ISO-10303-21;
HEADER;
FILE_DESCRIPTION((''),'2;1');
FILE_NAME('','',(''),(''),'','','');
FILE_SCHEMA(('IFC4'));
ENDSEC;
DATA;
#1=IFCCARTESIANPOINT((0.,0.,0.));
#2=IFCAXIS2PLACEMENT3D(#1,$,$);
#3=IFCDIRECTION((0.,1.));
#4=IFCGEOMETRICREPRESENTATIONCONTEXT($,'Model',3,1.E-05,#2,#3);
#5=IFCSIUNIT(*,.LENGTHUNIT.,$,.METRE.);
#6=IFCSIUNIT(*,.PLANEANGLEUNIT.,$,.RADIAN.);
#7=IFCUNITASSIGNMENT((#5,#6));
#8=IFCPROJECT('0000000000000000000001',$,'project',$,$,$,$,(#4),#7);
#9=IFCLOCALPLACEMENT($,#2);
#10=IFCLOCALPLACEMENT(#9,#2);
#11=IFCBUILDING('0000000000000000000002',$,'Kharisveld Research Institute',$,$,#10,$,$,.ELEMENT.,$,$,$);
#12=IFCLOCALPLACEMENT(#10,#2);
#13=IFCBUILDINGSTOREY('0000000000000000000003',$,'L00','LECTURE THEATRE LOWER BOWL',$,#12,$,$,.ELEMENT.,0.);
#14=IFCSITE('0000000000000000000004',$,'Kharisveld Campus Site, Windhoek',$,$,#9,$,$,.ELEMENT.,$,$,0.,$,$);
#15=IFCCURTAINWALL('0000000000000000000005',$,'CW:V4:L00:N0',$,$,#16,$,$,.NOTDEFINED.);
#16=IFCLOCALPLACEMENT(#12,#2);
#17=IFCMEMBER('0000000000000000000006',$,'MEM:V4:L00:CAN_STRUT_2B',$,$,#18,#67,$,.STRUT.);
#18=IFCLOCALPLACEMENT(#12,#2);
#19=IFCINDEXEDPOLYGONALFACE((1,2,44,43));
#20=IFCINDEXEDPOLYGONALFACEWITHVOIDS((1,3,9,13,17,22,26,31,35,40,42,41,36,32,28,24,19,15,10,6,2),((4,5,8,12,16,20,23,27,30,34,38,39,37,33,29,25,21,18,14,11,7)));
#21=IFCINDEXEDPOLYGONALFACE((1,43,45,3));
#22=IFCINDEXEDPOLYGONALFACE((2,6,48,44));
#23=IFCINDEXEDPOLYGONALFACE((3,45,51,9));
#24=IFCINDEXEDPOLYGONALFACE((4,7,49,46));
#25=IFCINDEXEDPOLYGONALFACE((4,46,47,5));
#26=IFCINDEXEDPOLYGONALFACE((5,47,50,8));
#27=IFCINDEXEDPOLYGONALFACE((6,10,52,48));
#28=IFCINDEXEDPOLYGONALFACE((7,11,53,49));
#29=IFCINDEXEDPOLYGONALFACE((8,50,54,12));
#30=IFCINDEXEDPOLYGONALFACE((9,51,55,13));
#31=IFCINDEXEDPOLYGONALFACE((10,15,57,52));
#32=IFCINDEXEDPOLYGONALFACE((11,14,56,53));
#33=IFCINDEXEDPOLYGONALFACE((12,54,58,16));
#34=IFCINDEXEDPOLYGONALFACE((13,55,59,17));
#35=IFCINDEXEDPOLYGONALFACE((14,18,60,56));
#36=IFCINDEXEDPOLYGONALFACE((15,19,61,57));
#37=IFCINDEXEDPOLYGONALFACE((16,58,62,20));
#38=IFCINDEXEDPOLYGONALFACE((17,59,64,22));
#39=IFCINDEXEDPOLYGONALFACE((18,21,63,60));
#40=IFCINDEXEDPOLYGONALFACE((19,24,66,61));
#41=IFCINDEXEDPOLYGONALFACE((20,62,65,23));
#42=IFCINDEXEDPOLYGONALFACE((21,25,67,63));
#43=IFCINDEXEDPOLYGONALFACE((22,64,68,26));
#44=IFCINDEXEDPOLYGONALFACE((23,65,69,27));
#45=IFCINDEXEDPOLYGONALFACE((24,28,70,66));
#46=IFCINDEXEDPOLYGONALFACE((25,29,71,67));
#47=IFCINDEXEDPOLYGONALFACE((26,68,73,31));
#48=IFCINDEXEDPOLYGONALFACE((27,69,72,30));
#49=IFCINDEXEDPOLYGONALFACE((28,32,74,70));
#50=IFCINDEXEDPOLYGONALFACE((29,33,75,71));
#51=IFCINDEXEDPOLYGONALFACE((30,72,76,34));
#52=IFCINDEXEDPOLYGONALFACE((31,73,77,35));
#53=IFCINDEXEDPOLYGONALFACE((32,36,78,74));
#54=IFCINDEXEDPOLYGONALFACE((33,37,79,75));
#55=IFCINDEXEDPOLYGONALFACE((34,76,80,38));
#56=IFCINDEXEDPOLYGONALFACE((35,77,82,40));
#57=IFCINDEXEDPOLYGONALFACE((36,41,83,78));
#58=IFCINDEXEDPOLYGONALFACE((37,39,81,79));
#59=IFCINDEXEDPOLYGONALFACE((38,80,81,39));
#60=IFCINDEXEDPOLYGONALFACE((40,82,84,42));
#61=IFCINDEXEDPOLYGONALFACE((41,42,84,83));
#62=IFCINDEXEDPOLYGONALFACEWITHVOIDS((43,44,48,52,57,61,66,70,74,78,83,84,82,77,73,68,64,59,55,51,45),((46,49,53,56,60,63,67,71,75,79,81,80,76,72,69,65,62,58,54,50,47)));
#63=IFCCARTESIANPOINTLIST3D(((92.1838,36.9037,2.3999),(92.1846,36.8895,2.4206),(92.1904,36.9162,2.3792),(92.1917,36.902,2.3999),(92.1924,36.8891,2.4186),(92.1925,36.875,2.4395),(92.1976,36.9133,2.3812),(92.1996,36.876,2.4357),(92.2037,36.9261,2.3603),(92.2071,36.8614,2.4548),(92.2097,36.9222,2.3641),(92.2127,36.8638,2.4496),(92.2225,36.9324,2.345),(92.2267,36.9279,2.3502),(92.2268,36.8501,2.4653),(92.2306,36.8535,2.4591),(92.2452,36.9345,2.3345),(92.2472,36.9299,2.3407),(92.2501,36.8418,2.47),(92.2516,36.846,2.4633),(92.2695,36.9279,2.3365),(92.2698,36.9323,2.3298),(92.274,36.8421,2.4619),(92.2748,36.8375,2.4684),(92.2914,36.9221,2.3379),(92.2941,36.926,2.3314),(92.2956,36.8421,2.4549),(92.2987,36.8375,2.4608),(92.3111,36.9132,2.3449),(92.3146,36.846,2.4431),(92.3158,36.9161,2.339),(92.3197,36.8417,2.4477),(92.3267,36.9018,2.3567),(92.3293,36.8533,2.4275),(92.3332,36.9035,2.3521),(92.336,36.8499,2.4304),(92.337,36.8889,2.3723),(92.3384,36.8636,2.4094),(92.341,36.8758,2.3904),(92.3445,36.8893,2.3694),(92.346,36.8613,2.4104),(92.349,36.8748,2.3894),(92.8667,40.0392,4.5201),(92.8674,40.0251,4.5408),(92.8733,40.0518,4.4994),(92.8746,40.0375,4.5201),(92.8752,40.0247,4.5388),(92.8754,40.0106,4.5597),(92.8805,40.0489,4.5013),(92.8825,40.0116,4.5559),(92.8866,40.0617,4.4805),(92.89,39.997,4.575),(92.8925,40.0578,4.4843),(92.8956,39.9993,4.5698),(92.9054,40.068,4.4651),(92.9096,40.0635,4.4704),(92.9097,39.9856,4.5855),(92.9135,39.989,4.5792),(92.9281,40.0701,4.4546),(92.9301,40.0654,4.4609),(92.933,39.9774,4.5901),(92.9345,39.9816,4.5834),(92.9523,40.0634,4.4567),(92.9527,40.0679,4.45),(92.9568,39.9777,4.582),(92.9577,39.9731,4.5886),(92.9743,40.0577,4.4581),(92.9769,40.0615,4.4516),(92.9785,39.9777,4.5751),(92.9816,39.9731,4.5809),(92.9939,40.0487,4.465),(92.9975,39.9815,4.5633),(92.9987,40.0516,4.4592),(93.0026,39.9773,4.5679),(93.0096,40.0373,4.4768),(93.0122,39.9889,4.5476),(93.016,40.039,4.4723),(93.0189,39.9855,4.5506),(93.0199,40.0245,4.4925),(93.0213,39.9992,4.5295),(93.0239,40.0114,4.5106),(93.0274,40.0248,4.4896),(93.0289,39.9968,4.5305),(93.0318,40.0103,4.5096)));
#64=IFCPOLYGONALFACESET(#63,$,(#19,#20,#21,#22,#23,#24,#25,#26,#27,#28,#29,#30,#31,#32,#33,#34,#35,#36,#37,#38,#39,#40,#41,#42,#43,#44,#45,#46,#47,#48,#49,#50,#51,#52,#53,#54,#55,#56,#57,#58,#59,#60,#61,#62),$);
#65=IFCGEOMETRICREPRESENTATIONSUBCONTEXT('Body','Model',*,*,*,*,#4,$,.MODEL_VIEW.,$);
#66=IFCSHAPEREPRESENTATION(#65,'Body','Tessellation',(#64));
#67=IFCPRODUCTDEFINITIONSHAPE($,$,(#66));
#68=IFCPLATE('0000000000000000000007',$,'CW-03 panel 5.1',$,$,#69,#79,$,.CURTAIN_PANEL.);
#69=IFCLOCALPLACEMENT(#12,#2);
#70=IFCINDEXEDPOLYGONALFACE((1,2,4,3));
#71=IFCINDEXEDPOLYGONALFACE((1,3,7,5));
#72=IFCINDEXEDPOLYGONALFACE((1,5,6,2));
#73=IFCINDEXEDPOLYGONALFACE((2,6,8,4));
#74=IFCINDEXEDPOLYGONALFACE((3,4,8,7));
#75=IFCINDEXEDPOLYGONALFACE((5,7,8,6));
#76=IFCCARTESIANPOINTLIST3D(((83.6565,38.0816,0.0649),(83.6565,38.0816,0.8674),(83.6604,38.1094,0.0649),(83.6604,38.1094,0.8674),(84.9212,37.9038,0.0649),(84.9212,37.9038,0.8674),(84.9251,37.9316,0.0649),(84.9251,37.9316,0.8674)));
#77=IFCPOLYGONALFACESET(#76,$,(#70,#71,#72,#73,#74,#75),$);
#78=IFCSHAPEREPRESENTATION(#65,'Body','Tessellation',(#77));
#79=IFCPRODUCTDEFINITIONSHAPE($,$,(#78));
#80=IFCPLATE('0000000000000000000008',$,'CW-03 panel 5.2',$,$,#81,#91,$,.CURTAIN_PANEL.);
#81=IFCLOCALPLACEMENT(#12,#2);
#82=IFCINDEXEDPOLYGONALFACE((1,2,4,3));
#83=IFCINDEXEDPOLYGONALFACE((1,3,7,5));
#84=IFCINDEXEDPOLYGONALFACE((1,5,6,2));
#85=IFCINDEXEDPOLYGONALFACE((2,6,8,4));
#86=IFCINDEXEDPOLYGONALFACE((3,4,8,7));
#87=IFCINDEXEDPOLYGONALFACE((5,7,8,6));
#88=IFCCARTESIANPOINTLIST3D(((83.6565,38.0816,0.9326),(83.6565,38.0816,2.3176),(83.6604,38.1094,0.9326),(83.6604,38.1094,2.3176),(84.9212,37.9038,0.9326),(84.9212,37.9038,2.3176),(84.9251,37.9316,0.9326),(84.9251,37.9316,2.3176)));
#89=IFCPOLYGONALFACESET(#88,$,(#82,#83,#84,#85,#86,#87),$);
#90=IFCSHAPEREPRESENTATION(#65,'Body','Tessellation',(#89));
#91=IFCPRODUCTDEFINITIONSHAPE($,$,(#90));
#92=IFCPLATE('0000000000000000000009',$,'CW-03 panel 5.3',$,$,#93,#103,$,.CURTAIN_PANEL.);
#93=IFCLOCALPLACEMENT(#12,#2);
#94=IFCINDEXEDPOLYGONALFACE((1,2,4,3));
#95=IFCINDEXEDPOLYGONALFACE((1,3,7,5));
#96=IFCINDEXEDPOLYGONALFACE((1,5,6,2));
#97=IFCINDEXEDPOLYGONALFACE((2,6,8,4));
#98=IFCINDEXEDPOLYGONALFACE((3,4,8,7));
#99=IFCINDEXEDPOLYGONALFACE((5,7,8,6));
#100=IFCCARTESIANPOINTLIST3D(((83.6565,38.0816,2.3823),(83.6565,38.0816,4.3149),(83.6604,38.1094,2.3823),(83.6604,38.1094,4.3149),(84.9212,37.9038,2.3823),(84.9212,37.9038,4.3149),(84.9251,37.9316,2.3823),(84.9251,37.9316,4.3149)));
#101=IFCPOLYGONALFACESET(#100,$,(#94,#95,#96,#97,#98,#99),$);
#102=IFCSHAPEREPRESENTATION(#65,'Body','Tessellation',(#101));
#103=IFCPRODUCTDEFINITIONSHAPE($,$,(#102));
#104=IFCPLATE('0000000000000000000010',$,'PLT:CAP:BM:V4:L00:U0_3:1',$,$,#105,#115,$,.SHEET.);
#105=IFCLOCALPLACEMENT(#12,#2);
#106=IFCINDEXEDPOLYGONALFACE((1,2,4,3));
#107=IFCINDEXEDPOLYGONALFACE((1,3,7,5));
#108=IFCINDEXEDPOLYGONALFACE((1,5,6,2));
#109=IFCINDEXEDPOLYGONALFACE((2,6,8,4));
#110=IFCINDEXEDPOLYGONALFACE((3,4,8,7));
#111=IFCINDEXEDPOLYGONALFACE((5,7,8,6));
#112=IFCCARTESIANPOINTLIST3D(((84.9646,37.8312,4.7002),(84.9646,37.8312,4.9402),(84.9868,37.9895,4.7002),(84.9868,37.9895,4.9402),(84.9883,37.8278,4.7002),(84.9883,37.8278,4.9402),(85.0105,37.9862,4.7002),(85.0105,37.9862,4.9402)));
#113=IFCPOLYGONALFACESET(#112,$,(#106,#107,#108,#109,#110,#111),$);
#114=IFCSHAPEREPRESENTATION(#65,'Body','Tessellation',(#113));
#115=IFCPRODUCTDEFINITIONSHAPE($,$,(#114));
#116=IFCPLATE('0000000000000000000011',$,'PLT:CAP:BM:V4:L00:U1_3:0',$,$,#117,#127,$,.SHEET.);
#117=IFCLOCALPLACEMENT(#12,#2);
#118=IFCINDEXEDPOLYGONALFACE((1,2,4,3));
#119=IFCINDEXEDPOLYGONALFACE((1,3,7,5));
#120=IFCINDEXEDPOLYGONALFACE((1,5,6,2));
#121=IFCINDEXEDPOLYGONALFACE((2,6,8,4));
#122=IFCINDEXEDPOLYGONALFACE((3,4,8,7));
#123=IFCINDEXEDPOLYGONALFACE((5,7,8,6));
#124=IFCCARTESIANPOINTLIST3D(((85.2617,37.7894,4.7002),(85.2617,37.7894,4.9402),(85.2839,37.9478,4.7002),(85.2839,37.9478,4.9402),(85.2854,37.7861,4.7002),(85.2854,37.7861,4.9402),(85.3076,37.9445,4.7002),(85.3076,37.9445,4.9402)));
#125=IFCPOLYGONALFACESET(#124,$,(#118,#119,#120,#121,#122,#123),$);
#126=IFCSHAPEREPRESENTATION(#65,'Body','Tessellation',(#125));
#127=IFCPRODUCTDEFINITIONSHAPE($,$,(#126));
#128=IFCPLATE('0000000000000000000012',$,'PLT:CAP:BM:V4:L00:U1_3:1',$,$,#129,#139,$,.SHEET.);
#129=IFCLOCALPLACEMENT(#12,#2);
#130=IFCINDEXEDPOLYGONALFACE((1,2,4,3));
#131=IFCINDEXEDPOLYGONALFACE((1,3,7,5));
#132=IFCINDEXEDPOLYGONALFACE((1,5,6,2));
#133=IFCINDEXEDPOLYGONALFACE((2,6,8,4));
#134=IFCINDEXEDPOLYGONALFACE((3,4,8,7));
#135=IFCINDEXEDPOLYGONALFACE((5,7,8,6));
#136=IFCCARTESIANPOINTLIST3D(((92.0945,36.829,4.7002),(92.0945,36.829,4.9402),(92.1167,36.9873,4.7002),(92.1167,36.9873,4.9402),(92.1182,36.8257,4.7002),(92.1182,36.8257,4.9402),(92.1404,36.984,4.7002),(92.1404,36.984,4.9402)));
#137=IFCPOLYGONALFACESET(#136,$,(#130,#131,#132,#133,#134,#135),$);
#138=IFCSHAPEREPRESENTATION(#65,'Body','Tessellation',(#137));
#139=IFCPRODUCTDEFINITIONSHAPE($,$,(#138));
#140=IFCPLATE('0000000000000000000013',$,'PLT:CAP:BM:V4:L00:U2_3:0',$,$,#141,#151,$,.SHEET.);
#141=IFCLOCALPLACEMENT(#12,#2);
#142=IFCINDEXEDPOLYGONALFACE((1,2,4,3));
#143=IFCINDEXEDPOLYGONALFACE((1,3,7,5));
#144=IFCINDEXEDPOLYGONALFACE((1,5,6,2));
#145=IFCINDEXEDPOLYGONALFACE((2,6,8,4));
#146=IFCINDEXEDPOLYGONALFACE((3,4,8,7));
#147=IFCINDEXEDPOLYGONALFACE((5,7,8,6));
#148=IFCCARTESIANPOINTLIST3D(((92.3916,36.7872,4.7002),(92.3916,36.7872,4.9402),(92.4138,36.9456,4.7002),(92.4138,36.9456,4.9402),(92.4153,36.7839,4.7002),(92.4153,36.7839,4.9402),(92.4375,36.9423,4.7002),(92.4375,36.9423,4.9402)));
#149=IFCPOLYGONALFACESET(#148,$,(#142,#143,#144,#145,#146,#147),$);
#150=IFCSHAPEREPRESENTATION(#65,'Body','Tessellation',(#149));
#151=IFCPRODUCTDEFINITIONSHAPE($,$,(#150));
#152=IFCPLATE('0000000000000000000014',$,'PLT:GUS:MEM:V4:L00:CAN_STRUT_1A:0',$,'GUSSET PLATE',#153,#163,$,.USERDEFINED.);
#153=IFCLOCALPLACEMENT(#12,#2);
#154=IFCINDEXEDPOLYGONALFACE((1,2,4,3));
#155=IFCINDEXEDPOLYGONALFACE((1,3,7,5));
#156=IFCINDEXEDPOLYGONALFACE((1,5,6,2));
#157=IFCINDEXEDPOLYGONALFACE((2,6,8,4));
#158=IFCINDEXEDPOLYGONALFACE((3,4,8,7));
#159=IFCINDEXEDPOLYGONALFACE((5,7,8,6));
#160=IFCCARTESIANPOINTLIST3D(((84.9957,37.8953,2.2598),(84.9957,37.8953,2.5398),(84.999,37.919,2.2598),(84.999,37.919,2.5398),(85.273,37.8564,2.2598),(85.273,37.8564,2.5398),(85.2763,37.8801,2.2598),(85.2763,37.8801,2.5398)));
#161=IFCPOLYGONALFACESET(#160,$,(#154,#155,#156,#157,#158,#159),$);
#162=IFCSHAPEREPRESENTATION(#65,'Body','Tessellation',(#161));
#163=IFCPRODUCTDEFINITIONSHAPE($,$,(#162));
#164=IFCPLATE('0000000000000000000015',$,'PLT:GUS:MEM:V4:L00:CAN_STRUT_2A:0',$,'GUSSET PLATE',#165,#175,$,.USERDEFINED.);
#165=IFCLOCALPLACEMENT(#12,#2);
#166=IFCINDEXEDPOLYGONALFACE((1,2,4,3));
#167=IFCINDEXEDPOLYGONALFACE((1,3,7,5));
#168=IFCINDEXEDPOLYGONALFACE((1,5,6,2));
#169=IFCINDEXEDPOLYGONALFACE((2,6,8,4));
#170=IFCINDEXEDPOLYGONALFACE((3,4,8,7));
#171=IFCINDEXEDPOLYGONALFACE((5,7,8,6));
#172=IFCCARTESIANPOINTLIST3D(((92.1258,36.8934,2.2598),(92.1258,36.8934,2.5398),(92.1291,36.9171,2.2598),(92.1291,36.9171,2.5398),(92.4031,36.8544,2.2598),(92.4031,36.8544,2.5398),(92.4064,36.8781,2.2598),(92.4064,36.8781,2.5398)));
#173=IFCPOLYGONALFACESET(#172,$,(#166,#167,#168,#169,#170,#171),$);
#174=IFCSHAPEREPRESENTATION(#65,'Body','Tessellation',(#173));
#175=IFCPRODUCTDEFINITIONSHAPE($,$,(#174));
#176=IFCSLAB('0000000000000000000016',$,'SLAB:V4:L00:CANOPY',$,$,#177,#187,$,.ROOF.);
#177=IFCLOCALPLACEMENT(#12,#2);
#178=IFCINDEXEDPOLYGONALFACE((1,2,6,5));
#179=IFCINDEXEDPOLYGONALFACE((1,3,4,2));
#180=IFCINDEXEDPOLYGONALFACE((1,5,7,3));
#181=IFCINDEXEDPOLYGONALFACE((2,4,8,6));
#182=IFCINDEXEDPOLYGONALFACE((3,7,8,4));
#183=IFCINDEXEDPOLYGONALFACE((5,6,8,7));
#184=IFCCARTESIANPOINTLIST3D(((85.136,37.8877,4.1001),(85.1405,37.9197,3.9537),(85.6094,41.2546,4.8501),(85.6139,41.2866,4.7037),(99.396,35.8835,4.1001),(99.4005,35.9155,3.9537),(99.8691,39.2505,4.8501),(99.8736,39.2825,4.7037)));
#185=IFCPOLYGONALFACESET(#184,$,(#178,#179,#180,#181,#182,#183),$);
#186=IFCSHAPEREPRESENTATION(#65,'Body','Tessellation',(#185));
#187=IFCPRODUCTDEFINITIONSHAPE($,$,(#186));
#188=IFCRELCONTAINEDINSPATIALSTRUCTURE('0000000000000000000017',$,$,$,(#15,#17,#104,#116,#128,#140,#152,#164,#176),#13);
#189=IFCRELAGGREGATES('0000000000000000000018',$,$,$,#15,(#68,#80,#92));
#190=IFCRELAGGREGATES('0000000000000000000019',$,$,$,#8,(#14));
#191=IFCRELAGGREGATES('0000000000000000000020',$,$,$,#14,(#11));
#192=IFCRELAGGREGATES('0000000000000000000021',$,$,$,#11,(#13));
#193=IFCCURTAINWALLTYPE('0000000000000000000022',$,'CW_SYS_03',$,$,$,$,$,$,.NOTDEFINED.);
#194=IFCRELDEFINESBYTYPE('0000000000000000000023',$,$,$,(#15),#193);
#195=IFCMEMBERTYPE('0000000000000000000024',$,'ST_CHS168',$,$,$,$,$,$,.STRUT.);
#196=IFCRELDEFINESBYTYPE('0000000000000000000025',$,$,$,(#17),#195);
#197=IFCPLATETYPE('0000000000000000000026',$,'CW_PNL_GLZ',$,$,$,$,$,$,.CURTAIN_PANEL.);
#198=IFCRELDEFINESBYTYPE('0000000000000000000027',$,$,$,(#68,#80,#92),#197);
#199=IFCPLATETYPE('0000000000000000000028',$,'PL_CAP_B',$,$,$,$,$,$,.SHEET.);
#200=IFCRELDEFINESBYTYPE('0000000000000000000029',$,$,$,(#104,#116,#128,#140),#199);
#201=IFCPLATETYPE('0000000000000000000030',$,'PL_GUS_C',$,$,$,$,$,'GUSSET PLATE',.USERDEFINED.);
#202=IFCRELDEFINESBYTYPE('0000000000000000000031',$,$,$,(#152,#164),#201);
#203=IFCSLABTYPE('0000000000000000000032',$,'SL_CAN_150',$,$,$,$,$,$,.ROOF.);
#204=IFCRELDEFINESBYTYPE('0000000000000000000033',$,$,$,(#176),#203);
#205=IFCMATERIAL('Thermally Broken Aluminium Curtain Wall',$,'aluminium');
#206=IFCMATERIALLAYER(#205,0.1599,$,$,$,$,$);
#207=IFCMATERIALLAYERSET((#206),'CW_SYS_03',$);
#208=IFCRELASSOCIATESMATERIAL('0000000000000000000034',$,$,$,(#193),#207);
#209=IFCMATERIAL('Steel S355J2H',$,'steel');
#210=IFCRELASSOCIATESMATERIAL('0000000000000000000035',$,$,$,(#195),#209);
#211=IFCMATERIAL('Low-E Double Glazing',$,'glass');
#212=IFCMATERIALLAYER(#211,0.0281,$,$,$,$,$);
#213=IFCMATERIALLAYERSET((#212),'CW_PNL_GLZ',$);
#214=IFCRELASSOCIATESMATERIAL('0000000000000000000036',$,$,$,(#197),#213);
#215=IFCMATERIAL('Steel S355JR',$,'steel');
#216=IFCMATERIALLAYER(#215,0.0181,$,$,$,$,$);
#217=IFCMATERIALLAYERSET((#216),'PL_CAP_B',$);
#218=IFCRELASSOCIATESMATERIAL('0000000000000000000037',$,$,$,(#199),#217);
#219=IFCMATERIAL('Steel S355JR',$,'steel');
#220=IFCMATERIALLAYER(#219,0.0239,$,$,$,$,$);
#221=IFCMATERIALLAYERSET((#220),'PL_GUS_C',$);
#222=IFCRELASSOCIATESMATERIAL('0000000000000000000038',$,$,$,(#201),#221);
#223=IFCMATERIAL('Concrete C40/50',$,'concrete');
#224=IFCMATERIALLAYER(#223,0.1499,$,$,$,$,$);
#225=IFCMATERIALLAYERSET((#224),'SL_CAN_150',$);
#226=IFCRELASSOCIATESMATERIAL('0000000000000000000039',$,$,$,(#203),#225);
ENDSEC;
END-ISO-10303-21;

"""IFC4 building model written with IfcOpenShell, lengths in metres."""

from ifc_helpers import new_model, si_unit, direction, frame, origin, origin_2d, place, context, subcontext, project, spatial, polyline, rectangle, hollow_circle, outline, extrude, material, layer, layer_set, material_profile, profile_set, type_object, element, aggregate, save


model = new_model("IFC4")

# Units and contexts
model_context = context("Model", 3, precision=1e-05, world=origin(), true_north=direction((0.0, 1.0)))
body_context = subcontext(model_context, "Body", "Model", "MODEL_VIEW")
ifc_project = project(units=[si_unit("LENGTHUNIT", "METRE"), si_unit("PLANEANGLEUNIT", "RADIAN")], contexts=[model_context])

# Site, building, storey
site_placement = place(None, origin())
site = spatial("IfcSite", under=ifc_project, at=site_placement, Name="Kharisveld Campus Site, Windhoek", CompositionType="ELEMENT", RefElevation=0.0)
building_placement = place(site_placement, origin())
building = spatial("IfcBuilding", under=site, at=building_placement, Name="Kharisveld Research Institute", CompositionType="ELEMENT")
storey_placement = place(building_placement, origin())
storey = spatial("IfcBuildingStorey", under=building, at=storey_placement, Name="L00", Description="LECTURE THEATRE LOWER BOWL", CompositionType="ELEMENT", Elevation=0.0)

# Curtain wall
ifc_material_1 = material(Name="Thermally Broken Aluminium Curtain Wall", Category="aluminium")
ifc_layer_1 = layer(ifc_material_1, 0.1599)
ifc_layer_set_1 = layer_set([ifc_layer_1], Name="CW_SYS_03")
curtain_wall_type = type_object("IfcCurtainWallType", Name="CW_SYS_03", PredefinedType="NOTDEFINED", material=ifc_layer_set_1)
curtain_wall_placement = place(storey_placement, origin())
curtain_wall = element("IfcCurtainWall", 1, at=curtain_wall_placement, inside=storey, type_object=curtain_wall_type, Name="CW:V4:L00:N0", PredefinedType="NOTDEFINED")

# Member
ifc_material_2 = material(Name="Steel S355J2H", Category="steel")
ifc_material_profile_1 = material_profile(ifc_material_2, hollow_circle(Radius=0.0842, WallThickness=0.0081, at=origin_2d()))
ifc_profile_set_1 = profile_set([ifc_material_profile_1], Name="Steel S355J2H")
member_type_1 = type_object("IfcMemberType", Name="ST_CHS168", PredefinedType="STRUT", material=ifc_profile_set_1)
member_1_placement = place(storey_placement, frame((92.2661, 36.8857, 2.3999), z_axis=(0.177546, 0.815239, 0.551237), x_axis=(-0.977097, 0.212796, 0.0)))
element("IfcMember", 2, at=member_1_placement, inside=storey, type_object=member_type_1, Name="MEM:V4:L00:CAN_STRUT_2B", PredefinedType="STRUT", context=body_context, shape_type="SweptSolid", body=[
    extrude(hollow_circle(Radius=0.0842, WallThickness=0.0081, at=origin_2d()), origin(), (0.0, 0.0, 1.0), 3.8462),
])

# Plates
ifc_material_3 = material(Name="Low-E Double Glazing", Category="glass")
ifc_layer_2 = layer(ifc_material_3, 0.0281)
ifc_layer_set_2 = layer_set([ifc_layer_2], Name="CW_PNL_GLZ")
plate_type_1 = type_object("IfcPlateType", Name="CW_PNL_GLZ", PredefinedType="CURTAIN_PANEL", material=ifc_layer_set_2)
plate_1_placement = place(storey_placement, frame((84.2908, 38.0066, 0.0649), z_axis=(0.0, 0.0, 1.0), x_axis=(0.990268, -0.139173, 0.0)))
plate_1 = element("IfcPlate", 3, at=plate_1_placement, type_object=plate_type_1, Name="CW-03 panel 5.1", PredefinedType="CURTAIN_PANEL", context=body_context, shape_type="SweptSolid", body=[
    extrude(rectangle(XDim=1.2771, YDim=0.0281, at=origin_2d()), origin(), (0.0, 0.0, 1.0), 0.8025),
])
plate_2_placement = place(storey_placement, frame((84.2908, 38.0066, 0.9326), z_axis=(0.0, 0.0, 1.0), x_axis=(0.990268, -0.139173, 0.0)))
plate_2 = element("IfcPlate", 4, at=plate_2_placement, type_object=plate_type_1, Name="CW-03 panel 5.2", PredefinedType="CURTAIN_PANEL", context=body_context, shape_type="SweptSolid", body=[
    extrude(rectangle(XDim=1.2771, YDim=0.0281, at=origin_2d()), origin(), (0.0, 0.0, 1.0), 1.385),
])
plate_3_placement = place(storey_placement, frame((84.2908, 38.0066, 2.3823), z_axis=(0.0, 0.0, 1.0), x_axis=(0.990268, -0.139173, 0.0)))
plate_3 = element("IfcPlate", 5, at=plate_3_placement, type_object=plate_type_1, Name="CW-03 panel 5.3", PredefinedType="CURTAIN_PANEL", context=body_context, shape_type="SweptSolid", body=[
    extrude(rectangle(XDim=1.2771, YDim=0.0281, at=origin_2d()), origin(), (0.0, 0.0, 1.0), 1.9326),
])
aggregate(curtain_wall, [plate_1, plate_2, plate_3])

# Plates
ifc_material_4 = material(Name="Steel S355JR", Category="steel")
ifc_layer_3 = layer(ifc_material_4, 0.0181)
ifc_layer_set_3 = layer_set([ifc_layer_3], Name="PL_CAP_B")
plate_type_2 = type_object("IfcPlateType", Name="PL_CAP_B", PredefinedType="SHEET", material=ifc_layer_set_3)
for number, where, z_axis, x_axis, name in (
    (6, (84.9875, 37.9087, 4.7002), (0.0, 0.0, 1.0), (0.990268, -0.139173, 0.0), "PLT:CAP:BM:V4:L00:U0_3:1"),
    (7, (85.2847, 37.8669, 4.7002), (0.0, 0.0, 1.0), (0.990268, -0.139173, 0.0), "PLT:CAP:BM:V4:L00:U1_3:0"),
    (8, (92.1174, 36.9065, 4.7002), (0.0, 0.0, 1.0), (0.990268, -0.139173, 0.0), "PLT:CAP:BM:V4:L00:U1_3:1"),
    (9, (92.4146, 36.8647, 4.7002), (0.0, 0.0, 1.0), (0.990268, -0.139173, 0.0), "PLT:CAP:BM:V4:L00:U2_3:0"),
):
    element("IfcPlate", number, at=place(storey_placement, frame(where, z_axis=z_axis, x_axis=x_axis)), inside=storey, type_object=plate_type_2, Name=name, PredefinedType="SHEET", context=body_context, shape_type="SweptSolid", body=[
        extrude(rectangle(XDim=0.0239, YDim=0.1599, at=origin_2d()), origin(), (0.0, 0.0, 1.0), 0.24),
    ])
ifc_material_5 = material(Name="Steel S355JR", Category="steel")
ifc_layer_4 = layer(ifc_material_5, 0.0239)
ifc_layer_set_4 = layer_set([ifc_layer_4], Name="PL_GUS_C")
plate_type_3 = type_object("IfcPlateType", Name="PL_GUS_C", ElementType="GUSSET PLATE", PredefinedType="USERDEFINED", material=ifc_layer_set_4)
for number, where, z_axis, x_axis, name in (
    (10, (85.136, 37.8877, 2.2598), (0.0, 0.0, 1.0), (0.990268, -0.139173, 0.0), "PLT:GUS:MEM:V4:L00:CAN_STRUT_1A:0"),
    (11, (92.2661, 36.8857, 2.2598), (0.0, 0.0, 1.0), (0.990268, -0.139173, 0.0), "PLT:GUS:MEM:V4:L00:CAN_STRUT_2A:0"),
):
    element("IfcPlate", number, at=place(storey_placement, frame(where, z_axis=z_axis, x_axis=x_axis)), inside=storey, type_object=plate_type_3, Name=name, ObjectType="GUSSET PLATE", PredefinedType="USERDEFINED", context=body_context, shape_type="SweptSolid", body=[
        extrude(rectangle(XDim=0.28, YDim=0.0239, at=origin_2d()), origin(), (0.0, 0.0, 1.0), 0.28),
    ])

# Slab
ifc_material_6 = material(Name="Concrete C40/50", Category="concrete")
ifc_layer_5 = layer(ifc_material_6, 0.1499)
ifc_layer_set_5 = layer_set([ifc_layer_5], Name="SL_CAN_150")
slab_type = type_object("IfcSlabType", Name="SL_CAN_150", PredefinedType="ROOF", material=ifc_layer_set_5)
slab_placement = place(storey_placement, frame((85.136, 37.8877, 4.1001), z_axis=(-0.02998, -0.213311, 0.976524), x_axis=(0.990268, -0.139176, 0.0)))
element("IfcSlab", 12, at=slab_placement, inside=storey, type_object=slab_type, Name="SLAB:V4:L00:CANOPY", PredefinedType="ROOF", context=body_context, shape_type="SweptSolid", body=[
    extrude(outline(polyline([(0.0, 0.0), (14.4002, 0.0), (14.4001, 3.4818), (0.0002, 3.4818), (0.0, 0.0)])), origin(), (0.0, 0.0, -1.0), 0.1499),
])

save(model, "model.ifc")
